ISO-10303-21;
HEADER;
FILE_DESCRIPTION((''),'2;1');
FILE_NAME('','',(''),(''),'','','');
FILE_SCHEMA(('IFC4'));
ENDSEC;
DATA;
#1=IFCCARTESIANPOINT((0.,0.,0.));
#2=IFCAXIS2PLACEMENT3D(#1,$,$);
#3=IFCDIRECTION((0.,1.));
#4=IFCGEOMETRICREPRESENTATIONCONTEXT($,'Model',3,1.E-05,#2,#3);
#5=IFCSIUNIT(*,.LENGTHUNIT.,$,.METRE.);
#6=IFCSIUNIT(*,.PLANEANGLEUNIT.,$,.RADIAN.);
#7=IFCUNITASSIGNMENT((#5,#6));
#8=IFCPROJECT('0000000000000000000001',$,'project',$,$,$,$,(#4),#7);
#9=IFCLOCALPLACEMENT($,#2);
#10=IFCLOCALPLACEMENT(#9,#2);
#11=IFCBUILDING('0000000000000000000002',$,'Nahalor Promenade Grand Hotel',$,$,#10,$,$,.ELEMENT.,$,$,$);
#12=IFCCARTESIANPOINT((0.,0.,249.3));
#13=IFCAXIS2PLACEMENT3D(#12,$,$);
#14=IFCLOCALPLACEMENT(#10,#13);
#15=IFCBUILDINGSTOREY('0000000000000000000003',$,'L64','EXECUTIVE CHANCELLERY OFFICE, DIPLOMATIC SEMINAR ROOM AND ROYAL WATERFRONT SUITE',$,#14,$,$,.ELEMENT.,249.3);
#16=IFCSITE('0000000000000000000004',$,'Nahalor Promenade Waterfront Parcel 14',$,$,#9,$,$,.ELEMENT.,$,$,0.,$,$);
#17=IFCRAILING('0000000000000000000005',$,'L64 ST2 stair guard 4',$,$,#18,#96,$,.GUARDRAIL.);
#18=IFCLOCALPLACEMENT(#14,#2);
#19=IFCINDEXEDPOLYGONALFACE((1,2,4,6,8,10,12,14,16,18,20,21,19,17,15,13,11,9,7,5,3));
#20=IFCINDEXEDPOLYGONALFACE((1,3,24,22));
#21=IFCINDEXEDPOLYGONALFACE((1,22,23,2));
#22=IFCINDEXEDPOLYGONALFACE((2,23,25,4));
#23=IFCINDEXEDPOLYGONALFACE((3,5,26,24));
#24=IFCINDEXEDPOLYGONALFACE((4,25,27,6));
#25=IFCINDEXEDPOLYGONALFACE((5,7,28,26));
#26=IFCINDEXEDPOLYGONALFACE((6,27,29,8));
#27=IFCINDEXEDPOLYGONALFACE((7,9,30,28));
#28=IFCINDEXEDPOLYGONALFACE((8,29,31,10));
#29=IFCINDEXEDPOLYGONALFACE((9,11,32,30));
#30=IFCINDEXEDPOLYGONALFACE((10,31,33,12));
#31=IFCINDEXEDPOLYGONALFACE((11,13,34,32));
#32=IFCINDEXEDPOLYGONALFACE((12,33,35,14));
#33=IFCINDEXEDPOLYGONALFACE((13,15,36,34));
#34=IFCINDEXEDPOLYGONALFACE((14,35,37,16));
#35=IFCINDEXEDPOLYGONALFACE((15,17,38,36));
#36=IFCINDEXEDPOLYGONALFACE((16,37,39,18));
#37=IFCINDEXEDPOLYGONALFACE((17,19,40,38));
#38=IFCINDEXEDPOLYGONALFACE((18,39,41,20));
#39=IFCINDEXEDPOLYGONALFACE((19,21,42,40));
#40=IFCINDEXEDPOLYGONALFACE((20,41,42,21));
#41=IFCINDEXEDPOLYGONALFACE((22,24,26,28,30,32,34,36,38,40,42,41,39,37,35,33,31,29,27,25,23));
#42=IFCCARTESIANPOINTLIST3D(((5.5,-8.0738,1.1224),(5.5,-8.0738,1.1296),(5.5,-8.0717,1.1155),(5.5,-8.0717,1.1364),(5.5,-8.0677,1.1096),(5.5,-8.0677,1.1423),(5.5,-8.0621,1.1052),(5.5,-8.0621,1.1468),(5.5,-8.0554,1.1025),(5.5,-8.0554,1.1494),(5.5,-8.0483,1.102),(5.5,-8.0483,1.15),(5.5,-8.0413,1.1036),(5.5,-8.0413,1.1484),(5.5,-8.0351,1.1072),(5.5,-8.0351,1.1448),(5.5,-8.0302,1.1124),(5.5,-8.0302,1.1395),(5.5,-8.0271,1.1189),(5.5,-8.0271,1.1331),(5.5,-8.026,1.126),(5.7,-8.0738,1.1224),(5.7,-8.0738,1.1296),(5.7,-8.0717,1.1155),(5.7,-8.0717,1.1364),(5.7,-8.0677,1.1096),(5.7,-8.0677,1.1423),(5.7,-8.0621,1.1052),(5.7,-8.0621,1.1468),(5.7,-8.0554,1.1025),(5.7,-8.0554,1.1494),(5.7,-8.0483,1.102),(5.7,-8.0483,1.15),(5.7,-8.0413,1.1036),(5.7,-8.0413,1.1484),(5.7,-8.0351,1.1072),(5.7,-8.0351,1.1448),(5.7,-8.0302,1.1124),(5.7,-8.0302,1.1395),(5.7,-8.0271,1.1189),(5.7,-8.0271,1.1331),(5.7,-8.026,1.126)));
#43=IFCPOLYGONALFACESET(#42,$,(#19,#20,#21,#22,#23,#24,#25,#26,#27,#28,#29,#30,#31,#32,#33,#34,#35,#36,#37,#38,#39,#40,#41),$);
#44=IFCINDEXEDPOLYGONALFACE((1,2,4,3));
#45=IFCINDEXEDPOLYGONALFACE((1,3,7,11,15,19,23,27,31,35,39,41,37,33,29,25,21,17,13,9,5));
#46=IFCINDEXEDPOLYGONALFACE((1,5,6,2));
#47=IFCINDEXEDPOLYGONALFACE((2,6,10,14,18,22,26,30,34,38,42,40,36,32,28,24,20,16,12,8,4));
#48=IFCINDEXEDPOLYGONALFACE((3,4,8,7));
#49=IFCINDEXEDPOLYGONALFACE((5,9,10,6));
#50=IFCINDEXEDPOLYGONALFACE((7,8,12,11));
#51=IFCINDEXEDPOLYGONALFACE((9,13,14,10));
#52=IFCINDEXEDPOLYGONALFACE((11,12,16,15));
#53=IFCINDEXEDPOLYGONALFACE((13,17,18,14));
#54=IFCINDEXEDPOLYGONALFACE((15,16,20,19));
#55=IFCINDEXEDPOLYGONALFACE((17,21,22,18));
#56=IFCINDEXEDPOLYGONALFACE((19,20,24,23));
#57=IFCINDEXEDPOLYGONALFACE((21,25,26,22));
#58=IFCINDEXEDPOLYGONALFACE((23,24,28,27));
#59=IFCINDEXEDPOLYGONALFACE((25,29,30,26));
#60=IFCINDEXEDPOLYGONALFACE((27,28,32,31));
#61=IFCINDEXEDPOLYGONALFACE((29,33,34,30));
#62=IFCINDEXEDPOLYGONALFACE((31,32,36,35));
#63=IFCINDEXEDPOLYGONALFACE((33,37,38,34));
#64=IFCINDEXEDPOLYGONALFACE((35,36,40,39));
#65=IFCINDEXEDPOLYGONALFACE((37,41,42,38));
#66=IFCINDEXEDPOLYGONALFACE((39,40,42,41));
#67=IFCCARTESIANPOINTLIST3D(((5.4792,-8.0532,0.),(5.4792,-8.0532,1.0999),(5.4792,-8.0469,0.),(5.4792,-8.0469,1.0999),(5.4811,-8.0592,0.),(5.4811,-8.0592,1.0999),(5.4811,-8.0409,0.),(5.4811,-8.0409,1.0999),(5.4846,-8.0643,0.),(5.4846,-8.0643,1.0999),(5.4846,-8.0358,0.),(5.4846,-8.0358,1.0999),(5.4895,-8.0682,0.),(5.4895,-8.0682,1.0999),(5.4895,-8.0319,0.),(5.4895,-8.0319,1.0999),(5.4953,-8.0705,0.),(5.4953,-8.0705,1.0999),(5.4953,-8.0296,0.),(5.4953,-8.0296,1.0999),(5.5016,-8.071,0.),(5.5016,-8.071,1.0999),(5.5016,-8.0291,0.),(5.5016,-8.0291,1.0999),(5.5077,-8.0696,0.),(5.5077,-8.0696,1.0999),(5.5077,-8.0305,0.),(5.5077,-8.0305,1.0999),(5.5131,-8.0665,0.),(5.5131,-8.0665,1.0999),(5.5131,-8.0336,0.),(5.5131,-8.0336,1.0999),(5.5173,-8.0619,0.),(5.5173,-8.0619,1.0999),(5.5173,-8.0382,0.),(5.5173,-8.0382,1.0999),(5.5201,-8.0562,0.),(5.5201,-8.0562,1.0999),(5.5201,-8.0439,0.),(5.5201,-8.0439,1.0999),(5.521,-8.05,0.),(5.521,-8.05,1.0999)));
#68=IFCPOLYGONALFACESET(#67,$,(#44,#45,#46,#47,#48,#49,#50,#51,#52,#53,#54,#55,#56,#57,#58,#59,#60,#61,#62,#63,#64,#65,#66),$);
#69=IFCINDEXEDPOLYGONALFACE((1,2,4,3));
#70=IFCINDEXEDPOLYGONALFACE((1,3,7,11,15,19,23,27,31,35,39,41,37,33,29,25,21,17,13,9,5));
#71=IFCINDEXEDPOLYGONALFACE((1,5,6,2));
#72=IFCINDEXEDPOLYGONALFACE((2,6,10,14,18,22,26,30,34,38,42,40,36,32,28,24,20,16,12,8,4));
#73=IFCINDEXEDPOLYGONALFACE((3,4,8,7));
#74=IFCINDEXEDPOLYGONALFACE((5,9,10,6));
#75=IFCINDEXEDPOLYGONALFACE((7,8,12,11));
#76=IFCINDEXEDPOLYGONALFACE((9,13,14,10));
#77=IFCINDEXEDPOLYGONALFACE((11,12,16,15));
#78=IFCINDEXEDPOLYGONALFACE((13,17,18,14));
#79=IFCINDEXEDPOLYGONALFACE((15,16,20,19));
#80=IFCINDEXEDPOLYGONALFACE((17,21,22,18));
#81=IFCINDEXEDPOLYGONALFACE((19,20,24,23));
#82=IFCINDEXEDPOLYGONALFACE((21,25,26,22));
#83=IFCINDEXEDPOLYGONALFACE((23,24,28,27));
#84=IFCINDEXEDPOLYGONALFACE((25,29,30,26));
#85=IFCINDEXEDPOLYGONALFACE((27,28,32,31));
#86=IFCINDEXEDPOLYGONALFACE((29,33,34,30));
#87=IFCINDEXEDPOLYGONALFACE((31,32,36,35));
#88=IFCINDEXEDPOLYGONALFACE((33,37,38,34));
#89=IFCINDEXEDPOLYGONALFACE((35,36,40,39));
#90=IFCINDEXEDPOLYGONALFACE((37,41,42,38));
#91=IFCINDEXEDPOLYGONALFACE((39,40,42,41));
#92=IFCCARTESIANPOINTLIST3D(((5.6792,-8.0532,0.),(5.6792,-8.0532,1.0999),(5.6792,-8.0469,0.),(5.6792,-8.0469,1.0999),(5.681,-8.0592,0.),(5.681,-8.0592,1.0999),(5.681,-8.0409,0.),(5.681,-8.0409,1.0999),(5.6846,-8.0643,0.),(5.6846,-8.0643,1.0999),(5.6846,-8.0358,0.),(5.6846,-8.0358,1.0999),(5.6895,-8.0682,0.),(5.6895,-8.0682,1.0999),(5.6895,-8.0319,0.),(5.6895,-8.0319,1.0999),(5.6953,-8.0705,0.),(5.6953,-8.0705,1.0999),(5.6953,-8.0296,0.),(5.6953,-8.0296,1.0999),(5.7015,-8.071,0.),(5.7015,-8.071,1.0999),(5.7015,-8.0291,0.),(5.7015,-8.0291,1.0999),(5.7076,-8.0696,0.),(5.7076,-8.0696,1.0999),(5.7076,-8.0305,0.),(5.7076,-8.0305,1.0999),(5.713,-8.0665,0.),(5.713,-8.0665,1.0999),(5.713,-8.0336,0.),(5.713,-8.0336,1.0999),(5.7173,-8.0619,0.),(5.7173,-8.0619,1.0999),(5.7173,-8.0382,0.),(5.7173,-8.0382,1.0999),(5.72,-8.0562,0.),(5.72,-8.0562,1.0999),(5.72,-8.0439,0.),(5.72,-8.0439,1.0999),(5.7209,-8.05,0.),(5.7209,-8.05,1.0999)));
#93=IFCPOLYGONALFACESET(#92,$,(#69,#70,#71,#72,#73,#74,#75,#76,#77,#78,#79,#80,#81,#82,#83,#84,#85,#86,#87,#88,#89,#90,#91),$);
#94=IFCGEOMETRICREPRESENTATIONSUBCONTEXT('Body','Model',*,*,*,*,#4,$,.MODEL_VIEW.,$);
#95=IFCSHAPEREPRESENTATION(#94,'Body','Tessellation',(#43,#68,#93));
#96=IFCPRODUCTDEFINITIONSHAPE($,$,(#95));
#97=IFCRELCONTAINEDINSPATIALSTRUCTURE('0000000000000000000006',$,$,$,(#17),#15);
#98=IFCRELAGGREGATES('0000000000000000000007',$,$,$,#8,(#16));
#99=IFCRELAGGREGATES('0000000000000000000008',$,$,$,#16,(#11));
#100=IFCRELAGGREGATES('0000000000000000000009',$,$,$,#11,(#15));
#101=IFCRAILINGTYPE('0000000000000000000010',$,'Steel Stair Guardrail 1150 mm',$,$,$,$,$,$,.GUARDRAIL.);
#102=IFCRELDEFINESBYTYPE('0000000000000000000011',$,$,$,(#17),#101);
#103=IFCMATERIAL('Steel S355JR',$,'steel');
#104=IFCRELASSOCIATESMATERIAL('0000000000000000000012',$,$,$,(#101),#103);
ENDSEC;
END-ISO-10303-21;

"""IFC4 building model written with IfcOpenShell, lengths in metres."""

from ifc_helpers import new_model, si_unit, direction, frame, origin, origin_2d, place, context, subcontext, project, spatial, circle, extrude, material, type_object, element, save


model = new_model("IFC4")

# Units and contexts
model_context = context("Model", 3, precision=1e-05, world=origin(), true_north=direction((0.0, 1.0)))
body_context = subcontext(model_context, "Body", "Model", "MODEL_VIEW")
ifc_project = project(units=[si_unit("LENGTHUNIT", "METRE"), si_unit("PLANEANGLEUNIT", "RADIAN")], contexts=[model_context])

# Site, building, storey
site_placement = place(None, origin())
site = spatial("IfcSite", under=ifc_project, at=site_placement, Name="Nahalor Promenade Waterfront Parcel 14", CompositionType="ELEMENT", RefElevation=0.0)
building_placement = place(site_placement, origin())
building = spatial("IfcBuilding", under=site, at=building_placement, Name="Nahalor Promenade Grand Hotel", CompositionType="ELEMENT")
storey_placement = place(building_placement, frame((0.0, 0.0, 249.3)))
storey = spatial("IfcBuildingStorey", under=building, at=storey_placement, Name="L64", Description="EXECUTIVE CHANCELLERY OFFICE, DIPLOMATIC SEMINAR ROOM AND ROYAL WATERFRONT SUITE", CompositionType="ELEMENT", Elevation=249.3)

# Shared definitions
ifc_material_1 = material(Name="Steel S355JR", Category="steel")

# Railing
railing_type_1 = type_object("IfcRailingType", Name="Steel Stair Guardrail 1150 mm", PredefinedType="GUARDRAIL", material=ifc_material_1)
railing_1_placement = place(storey_placement, frame((5.5, -8.05, 0.0)))
element("IfcRailing", 1, at=railing_1_placement, inside=storey, type_object=railing_type_1, Name="L64 ST2 stair guard 4", PredefinedType="GUARDRAIL", context=body_context, shape_type="SweptSolid", body=[
    extrude(circle(Radius=0.024, at=origin_2d()), frame((0.0, 0.0, 1.126), z_axis=(1.0, 0.0, 0.0), x_axis=(0.0, 1.0, 0.0)), (0.0, 0.0, 1.0), 0.2),
    extrude(circle(Radius=0.021, at=origin_2d()), origin(), (0.0, 0.0, 1.0), 1.0999),
    extrude(circle(Radius=0.021, at=origin_2d()), frame((0.2, 0.0, 0.0)), (0.0, 0.0, 1.0), 1.0999),
])

save(model, "model.ifc")
